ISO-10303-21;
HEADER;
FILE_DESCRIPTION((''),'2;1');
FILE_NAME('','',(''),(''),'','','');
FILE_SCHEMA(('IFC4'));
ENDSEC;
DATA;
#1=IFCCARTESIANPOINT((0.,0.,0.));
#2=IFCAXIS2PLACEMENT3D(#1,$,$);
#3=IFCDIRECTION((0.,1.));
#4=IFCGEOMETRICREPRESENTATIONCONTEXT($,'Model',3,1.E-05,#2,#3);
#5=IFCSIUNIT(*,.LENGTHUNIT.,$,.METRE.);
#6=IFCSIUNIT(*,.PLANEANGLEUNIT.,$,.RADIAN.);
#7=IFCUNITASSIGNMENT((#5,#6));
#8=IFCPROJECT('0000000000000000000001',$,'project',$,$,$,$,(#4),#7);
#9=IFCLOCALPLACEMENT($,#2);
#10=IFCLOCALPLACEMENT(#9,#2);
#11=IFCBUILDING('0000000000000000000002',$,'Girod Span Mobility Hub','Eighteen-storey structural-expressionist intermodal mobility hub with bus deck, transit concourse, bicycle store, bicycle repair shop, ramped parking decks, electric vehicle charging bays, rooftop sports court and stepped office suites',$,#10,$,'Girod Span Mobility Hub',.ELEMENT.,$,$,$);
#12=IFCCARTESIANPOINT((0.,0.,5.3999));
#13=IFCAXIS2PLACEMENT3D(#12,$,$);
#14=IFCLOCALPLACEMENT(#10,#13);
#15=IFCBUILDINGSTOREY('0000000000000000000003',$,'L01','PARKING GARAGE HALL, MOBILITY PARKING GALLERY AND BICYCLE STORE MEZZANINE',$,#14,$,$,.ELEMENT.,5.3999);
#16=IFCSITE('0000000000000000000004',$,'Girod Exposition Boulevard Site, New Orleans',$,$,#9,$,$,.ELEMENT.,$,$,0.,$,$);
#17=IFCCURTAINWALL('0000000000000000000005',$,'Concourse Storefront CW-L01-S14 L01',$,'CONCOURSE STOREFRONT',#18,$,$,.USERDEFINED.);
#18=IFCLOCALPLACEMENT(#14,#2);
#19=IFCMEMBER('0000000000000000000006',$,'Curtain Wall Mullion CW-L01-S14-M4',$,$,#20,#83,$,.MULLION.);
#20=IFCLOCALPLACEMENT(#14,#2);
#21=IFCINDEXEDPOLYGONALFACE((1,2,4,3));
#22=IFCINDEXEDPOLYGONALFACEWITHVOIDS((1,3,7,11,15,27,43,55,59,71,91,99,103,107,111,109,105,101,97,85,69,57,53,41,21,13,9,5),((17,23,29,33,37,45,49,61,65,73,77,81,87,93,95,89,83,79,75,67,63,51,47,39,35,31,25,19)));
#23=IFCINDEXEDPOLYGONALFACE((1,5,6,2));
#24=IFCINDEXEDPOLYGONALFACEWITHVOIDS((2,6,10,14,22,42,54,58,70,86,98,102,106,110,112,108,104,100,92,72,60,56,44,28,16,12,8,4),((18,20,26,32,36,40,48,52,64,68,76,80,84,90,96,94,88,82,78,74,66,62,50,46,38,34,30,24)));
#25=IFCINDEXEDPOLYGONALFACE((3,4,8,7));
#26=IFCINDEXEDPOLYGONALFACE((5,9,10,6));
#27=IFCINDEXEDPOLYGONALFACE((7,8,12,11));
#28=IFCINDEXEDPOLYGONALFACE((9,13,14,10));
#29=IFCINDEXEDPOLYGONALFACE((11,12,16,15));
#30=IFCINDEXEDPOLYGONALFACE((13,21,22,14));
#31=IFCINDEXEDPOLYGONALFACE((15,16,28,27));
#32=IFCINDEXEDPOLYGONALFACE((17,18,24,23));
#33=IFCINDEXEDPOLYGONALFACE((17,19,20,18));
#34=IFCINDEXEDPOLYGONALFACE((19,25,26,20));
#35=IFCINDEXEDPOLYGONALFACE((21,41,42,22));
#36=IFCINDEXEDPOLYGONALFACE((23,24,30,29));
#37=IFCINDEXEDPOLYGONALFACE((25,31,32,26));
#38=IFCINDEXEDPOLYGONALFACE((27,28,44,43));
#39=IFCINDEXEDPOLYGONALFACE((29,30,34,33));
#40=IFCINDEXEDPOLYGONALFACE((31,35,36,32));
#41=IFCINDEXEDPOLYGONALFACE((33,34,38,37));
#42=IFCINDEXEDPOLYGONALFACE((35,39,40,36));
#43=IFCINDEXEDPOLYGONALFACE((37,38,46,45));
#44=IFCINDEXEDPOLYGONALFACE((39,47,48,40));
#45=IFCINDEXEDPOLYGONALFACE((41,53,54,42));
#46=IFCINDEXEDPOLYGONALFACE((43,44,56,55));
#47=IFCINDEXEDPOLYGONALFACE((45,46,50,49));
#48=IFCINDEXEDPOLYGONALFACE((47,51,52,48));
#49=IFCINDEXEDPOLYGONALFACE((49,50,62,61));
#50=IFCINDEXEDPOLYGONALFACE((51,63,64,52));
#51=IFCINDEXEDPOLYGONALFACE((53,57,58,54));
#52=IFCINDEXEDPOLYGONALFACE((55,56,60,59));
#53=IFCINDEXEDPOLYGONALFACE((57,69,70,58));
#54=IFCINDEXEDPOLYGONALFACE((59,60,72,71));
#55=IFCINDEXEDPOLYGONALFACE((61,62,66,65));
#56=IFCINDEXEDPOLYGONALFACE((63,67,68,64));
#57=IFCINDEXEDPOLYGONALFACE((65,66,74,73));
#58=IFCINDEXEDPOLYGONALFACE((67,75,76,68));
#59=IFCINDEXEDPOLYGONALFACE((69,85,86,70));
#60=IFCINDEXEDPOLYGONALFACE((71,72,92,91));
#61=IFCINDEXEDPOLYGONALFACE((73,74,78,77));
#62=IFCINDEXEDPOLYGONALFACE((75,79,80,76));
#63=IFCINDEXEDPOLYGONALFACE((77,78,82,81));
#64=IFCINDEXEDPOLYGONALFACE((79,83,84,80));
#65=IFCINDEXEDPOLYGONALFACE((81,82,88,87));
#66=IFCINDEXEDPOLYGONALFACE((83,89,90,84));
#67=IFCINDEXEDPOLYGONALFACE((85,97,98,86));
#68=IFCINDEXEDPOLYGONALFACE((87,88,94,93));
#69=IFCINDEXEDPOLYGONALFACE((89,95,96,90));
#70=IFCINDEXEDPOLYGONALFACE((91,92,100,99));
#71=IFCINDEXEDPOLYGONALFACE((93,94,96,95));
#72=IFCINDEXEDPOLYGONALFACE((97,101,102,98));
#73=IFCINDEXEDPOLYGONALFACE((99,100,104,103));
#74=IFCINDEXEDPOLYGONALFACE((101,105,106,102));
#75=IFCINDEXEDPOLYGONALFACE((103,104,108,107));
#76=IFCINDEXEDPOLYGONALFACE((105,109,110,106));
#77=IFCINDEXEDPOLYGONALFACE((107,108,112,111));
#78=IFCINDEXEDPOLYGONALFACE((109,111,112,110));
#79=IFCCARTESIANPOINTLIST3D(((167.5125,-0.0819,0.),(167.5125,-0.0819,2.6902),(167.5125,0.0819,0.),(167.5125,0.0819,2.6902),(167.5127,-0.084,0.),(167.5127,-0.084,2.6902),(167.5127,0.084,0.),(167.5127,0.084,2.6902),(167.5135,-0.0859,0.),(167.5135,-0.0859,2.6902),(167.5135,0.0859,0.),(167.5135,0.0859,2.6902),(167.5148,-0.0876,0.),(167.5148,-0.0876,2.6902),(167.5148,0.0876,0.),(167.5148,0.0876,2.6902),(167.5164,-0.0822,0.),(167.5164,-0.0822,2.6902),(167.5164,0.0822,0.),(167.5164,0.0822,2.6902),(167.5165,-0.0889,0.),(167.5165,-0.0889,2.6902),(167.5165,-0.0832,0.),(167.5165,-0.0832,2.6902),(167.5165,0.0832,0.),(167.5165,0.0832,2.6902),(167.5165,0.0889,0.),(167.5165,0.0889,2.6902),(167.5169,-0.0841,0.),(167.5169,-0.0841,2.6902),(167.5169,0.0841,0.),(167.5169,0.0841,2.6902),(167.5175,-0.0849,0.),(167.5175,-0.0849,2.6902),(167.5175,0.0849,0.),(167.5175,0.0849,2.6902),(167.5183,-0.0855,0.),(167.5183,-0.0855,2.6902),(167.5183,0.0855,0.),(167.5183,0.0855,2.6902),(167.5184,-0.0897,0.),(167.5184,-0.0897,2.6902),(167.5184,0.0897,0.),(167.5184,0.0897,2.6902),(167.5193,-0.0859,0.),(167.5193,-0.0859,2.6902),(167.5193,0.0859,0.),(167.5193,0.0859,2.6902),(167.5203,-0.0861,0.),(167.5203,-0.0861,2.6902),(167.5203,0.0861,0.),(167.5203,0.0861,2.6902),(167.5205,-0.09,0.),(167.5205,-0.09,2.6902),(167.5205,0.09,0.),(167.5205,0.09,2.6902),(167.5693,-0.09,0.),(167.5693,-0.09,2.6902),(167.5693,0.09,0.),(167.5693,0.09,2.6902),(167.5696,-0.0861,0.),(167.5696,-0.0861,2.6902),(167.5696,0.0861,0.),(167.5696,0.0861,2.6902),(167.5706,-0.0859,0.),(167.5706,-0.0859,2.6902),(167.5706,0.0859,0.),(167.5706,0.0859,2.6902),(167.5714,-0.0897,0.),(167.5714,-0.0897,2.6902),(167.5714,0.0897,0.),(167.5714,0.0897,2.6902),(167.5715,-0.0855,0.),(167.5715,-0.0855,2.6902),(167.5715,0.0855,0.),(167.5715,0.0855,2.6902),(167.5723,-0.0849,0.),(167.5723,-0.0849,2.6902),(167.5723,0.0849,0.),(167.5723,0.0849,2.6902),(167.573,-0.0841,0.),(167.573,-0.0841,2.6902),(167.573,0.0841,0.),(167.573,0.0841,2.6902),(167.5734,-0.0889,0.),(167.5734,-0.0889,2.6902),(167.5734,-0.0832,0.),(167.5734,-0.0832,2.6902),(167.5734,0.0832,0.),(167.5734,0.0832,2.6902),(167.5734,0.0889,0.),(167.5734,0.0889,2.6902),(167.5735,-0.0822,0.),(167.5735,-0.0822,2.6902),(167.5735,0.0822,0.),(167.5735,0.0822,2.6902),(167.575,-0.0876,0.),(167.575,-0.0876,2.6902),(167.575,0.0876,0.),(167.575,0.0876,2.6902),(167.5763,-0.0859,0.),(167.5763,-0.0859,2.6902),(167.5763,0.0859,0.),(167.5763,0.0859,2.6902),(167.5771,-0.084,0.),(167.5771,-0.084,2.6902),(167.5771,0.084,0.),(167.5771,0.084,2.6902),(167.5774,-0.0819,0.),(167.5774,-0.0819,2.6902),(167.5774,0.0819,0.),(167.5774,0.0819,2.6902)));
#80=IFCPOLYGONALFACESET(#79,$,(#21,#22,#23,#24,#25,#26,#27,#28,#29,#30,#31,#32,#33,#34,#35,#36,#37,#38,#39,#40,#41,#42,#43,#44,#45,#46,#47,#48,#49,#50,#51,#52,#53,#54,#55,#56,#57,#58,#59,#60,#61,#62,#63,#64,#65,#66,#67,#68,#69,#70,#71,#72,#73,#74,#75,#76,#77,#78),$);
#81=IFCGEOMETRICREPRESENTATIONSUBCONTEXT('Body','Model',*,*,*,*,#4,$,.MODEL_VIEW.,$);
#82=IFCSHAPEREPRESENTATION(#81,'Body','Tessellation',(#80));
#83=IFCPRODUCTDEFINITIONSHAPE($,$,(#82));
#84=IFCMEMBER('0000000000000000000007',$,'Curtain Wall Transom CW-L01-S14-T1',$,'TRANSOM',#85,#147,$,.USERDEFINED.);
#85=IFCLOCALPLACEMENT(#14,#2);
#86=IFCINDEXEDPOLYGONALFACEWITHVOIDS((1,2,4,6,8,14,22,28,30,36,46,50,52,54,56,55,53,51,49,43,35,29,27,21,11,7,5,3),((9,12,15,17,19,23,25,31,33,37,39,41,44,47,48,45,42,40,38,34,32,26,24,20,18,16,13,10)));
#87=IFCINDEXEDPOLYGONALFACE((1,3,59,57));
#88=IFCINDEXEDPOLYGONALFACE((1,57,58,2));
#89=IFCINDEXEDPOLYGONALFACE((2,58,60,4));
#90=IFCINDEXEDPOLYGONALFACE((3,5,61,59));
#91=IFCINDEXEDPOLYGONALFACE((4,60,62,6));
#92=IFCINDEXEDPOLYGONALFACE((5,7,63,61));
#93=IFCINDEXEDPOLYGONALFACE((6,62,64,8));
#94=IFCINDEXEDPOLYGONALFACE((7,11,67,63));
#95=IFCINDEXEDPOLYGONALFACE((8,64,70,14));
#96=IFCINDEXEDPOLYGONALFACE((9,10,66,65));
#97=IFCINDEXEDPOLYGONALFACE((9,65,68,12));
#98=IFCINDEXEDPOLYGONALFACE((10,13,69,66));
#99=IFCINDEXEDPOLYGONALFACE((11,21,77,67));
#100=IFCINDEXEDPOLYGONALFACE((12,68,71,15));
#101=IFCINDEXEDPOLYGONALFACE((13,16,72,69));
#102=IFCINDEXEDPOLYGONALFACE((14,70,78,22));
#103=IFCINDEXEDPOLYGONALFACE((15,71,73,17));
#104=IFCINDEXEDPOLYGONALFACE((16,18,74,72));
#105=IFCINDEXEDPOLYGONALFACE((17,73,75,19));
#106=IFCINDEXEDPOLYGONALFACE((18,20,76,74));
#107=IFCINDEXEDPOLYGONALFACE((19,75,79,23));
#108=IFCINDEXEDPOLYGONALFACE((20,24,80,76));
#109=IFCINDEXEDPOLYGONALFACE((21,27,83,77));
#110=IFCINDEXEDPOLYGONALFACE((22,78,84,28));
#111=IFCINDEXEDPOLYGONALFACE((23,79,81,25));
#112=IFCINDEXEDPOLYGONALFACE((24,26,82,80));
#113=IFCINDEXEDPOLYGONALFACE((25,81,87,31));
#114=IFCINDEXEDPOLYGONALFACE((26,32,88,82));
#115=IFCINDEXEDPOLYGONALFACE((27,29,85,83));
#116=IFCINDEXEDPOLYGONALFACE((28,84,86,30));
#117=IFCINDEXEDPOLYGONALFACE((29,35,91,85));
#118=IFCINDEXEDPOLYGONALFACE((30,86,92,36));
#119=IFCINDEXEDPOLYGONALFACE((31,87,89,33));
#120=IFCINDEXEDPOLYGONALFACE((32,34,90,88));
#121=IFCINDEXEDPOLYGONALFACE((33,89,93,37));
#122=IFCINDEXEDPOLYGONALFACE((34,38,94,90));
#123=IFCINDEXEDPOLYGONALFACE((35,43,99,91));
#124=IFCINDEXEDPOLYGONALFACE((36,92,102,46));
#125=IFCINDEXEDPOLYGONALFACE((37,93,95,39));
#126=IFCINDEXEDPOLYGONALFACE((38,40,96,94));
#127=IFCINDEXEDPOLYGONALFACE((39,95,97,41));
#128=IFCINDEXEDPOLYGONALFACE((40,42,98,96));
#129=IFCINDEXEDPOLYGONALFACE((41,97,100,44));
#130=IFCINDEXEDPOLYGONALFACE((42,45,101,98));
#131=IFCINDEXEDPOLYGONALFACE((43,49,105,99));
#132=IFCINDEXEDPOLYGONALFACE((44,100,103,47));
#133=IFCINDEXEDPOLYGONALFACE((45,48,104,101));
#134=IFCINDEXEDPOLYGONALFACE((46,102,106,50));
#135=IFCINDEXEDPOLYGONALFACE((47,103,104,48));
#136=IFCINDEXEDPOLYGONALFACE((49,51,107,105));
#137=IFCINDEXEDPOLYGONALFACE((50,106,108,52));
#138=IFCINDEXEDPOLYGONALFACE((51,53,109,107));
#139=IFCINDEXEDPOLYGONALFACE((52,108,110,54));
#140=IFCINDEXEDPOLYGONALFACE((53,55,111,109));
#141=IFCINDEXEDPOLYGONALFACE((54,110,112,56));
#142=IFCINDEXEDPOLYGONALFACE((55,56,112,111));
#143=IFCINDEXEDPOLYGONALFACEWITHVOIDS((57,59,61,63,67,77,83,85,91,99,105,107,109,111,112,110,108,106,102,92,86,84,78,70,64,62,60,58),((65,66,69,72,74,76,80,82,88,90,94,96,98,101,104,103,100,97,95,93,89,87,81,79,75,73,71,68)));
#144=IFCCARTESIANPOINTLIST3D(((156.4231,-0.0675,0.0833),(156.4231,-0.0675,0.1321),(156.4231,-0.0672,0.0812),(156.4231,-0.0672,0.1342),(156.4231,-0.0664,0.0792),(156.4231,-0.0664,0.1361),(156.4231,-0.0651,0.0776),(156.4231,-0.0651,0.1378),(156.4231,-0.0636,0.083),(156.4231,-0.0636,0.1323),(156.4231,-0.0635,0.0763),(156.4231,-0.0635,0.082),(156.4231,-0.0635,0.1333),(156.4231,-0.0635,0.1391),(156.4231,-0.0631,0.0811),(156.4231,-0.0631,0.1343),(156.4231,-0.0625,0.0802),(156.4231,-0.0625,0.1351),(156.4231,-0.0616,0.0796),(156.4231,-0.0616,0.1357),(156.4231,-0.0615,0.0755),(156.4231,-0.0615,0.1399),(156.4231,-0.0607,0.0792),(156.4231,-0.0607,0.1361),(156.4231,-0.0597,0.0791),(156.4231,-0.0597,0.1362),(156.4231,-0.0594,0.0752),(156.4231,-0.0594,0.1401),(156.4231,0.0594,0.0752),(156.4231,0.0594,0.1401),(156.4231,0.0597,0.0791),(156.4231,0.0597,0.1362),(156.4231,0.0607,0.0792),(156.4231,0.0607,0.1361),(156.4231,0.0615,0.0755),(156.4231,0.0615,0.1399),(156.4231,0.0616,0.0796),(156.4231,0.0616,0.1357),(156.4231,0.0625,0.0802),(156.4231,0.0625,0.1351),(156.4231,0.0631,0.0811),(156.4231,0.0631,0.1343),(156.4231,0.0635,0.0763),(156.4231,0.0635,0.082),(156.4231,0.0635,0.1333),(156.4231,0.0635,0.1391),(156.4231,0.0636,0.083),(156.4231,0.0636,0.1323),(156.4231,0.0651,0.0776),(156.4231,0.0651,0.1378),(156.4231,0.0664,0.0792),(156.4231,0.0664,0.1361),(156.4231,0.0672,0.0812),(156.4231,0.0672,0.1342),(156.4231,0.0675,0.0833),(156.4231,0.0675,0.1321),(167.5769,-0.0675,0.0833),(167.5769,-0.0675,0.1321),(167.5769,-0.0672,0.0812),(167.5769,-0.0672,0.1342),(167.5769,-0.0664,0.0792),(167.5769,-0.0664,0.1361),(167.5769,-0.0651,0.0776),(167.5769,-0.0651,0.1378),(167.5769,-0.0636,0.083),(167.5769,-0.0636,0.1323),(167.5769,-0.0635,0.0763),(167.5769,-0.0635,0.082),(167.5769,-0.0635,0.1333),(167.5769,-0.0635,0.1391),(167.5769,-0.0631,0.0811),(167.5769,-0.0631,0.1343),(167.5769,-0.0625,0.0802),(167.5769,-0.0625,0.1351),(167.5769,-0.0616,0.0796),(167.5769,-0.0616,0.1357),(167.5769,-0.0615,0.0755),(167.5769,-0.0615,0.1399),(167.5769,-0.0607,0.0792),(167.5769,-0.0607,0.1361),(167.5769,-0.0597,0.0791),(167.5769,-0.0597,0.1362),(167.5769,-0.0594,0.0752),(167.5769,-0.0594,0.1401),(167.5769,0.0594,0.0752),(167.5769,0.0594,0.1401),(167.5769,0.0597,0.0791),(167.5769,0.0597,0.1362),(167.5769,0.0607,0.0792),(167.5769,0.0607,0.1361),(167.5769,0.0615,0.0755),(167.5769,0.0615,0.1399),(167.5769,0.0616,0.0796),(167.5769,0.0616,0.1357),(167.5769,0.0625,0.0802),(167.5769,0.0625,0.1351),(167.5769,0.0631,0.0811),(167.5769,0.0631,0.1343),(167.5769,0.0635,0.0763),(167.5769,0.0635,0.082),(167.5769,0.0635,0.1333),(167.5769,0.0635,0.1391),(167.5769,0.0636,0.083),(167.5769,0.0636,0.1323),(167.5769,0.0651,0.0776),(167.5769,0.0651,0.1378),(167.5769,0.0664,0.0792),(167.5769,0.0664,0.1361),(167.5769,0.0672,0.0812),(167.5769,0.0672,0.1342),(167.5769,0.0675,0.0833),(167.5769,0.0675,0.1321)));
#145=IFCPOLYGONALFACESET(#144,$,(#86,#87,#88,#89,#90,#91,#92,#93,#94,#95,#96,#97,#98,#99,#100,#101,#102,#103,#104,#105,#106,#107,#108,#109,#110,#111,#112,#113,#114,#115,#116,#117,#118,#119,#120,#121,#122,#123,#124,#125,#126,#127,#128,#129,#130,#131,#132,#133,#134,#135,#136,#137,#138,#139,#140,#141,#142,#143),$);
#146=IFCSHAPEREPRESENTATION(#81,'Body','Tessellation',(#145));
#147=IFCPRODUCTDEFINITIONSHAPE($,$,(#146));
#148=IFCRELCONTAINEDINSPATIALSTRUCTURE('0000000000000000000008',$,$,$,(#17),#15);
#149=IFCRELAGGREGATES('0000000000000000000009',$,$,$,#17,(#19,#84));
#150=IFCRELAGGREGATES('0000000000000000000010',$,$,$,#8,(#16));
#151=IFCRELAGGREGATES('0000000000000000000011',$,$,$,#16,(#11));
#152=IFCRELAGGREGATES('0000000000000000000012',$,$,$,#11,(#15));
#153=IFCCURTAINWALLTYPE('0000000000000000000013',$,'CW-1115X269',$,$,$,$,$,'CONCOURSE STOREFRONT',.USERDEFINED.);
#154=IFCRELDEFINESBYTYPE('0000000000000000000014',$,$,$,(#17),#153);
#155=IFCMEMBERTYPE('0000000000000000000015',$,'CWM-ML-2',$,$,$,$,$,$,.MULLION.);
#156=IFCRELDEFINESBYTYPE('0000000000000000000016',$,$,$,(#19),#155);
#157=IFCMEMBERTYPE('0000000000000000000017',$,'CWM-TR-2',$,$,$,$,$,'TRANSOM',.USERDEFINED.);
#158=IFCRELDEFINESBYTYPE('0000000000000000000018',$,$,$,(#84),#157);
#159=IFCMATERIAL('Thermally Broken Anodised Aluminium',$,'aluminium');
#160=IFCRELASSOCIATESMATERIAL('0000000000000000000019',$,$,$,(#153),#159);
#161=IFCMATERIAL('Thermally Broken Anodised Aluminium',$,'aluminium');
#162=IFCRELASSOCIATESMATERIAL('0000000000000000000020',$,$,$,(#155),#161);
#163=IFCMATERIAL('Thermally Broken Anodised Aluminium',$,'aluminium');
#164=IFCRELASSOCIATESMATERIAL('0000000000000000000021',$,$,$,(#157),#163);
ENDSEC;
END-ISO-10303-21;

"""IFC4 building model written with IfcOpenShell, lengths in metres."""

from ifc_helpers import new_model, si_unit, direction, frame, origin, origin_2d, place, context, subcontext, project, spatial, hollow_rectangle, extrude, material, material_profile, profile_set, type_object, element, aggregate, save


model = new_model("IFC4")

# Units and contexts
model_context = context("Model", 3, precision=1e-05, world=origin(), true_north=direction((0.0, 1.0)))
body_context = subcontext(model_context, "Body", "Model", "MODEL_VIEW")
ifc_project = project(units=[si_unit("LENGTHUNIT", "METRE"), si_unit("PLANEANGLEUNIT", "RADIAN")], contexts=[model_context])

# Site, building, storey
site_placement = place(None, origin())
site = spatial("IfcSite", under=ifc_project, at=site_placement, Name="Girod Exposition Boulevard Site, New Orleans", CompositionType="ELEMENT", RefElevation=0.0)
building_placement = place(site_placement, origin())
building = spatial("IfcBuilding", under=site, at=building_placement, Name="Girod Span Mobility Hub", Description="Eighteen-storey structural-expressionist intermodal mobility hub with bus deck, transit concourse, bicycle store, bicycle repair shop, ramped parking decks, electric vehicle charging bays, rooftop sports court and stepped office suites", LongName="Girod Span Mobility Hub", CompositionType="ELEMENT")
storey_placement = place(building_placement, frame((0.0, 0.0, 5.3999)))
storey = spatial("IfcBuildingStorey", under=building, at=storey_placement, Name="L01", Description="PARKING GARAGE HALL, MOBILITY PARKING GALLERY AND BICYCLE STORE MEZZANINE", CompositionType="ELEMENT", Elevation=5.3999)

# Curtain wall, members
ifc_material_1 = material(Name="Thermally Broken Anodised Aluminium", Category="aluminium")
curtain_wall_type = type_object("IfcCurtainWallType", Name="CW-1115X269", ElementType="CONCOURSE STOREFRONT", PredefinedType="USERDEFINED", material=ifc_material_1)
curtain_wall_placement = place(storey_placement, origin())
curtain_wall = element("IfcCurtainWall", 1, at=curtain_wall_placement, inside=storey, type_object=curtain_wall_type, Name="Concourse Storefront CW-L01-S14 L01", ObjectType="CONCOURSE STOREFRONT", PredefinedType="USERDEFINED")
ifc_material_2 = material(Name="Thermally Broken Anodised Aluminium", Category="aluminium")
ifc_material_profile_1 = material_profile(ifc_material_2, hollow_rectangle(XDim=0.1799, YDim=0.0649, WallThickness=0.0039, InnerFilletRadius=0.0039, OuterFilletRadius=0.0081, at=origin_2d()), Name="CW-ML-65X180")
ifc_profile_set_1 = profile_set([ifc_material_profile_1], Name="Thermally Broken Anodised Aluminium")
member_type_1 = type_object("IfcMemberType", Name="CWM-ML-2", PredefinedType="MULLION", material=ifc_profile_set_1)
member_1_placement = place(storey_placement, frame((167.5449, 0.0, 0.0), z_axis=(0.0, 0.0, 1.0), x_axis=(0.0, 1.0, 0.0)))
member_1 = element("IfcMember", 2, at=member_1_placement, type_object=member_type_1, Name="Curtain Wall Mullion CW-L01-S14-M4", PredefinedType="MULLION", context=body_context, shape_type="SweptSolid", body=[
    extrude(hollow_rectangle(XDim=0.1799, YDim=0.0649, WallThickness=0.0039, InnerFilletRadius=0.0039, OuterFilletRadius=0.0081, at=origin_2d()), origin(), (0.0, 0.0, 1.0), 2.6902),
])
ifc_material_3 = material(Name="Thermally Broken Anodised Aluminium", Category="aluminium")
ifc_material_profile_2 = material_profile(ifc_material_3, hollow_rectangle(XDim=0.135, YDim=0.0649, WallThickness=0.0039, InnerFilletRadius=0.0039, OuterFilletRadius=0.0081, at=origin_2d()), Name="CW-TR-65X135")
ifc_profile_set_2 = profile_set([ifc_material_profile_2], Name="Thermally Broken Anodised Aluminium")
member_type_2 = type_object("IfcMemberType", Name="CWM-TR-2", ElementType="TRANSOM", PredefinedType="USERDEFINED", material=ifc_profile_set_2)
member_2_placement = place(storey_placement, frame((156.4231, 0.0, 0.1077), z_axis=(1.0, 0.0, 0.0), x_axis=(0.0, 1.0, 0.0)))
member_2 = element("IfcMember", 3, at=member_2_placement, type_object=member_type_2, Name="Curtain Wall Transom CW-L01-S14-T1", ObjectType="TRANSOM", PredefinedType="USERDEFINED", context=body_context, shape_type="SweptSolid", body=[
    extrude(hollow_rectangle(XDim=0.135, YDim=0.0649, WallThickness=0.0039, InnerFilletRadius=0.0039, OuterFilletRadius=0.0081, at=origin_2d()), origin(), (0.0, 0.0, 1.0), 11.1538),
])
aggregate(curtain_wall, [member_1, member_2])

save(model, "model.ifc")
